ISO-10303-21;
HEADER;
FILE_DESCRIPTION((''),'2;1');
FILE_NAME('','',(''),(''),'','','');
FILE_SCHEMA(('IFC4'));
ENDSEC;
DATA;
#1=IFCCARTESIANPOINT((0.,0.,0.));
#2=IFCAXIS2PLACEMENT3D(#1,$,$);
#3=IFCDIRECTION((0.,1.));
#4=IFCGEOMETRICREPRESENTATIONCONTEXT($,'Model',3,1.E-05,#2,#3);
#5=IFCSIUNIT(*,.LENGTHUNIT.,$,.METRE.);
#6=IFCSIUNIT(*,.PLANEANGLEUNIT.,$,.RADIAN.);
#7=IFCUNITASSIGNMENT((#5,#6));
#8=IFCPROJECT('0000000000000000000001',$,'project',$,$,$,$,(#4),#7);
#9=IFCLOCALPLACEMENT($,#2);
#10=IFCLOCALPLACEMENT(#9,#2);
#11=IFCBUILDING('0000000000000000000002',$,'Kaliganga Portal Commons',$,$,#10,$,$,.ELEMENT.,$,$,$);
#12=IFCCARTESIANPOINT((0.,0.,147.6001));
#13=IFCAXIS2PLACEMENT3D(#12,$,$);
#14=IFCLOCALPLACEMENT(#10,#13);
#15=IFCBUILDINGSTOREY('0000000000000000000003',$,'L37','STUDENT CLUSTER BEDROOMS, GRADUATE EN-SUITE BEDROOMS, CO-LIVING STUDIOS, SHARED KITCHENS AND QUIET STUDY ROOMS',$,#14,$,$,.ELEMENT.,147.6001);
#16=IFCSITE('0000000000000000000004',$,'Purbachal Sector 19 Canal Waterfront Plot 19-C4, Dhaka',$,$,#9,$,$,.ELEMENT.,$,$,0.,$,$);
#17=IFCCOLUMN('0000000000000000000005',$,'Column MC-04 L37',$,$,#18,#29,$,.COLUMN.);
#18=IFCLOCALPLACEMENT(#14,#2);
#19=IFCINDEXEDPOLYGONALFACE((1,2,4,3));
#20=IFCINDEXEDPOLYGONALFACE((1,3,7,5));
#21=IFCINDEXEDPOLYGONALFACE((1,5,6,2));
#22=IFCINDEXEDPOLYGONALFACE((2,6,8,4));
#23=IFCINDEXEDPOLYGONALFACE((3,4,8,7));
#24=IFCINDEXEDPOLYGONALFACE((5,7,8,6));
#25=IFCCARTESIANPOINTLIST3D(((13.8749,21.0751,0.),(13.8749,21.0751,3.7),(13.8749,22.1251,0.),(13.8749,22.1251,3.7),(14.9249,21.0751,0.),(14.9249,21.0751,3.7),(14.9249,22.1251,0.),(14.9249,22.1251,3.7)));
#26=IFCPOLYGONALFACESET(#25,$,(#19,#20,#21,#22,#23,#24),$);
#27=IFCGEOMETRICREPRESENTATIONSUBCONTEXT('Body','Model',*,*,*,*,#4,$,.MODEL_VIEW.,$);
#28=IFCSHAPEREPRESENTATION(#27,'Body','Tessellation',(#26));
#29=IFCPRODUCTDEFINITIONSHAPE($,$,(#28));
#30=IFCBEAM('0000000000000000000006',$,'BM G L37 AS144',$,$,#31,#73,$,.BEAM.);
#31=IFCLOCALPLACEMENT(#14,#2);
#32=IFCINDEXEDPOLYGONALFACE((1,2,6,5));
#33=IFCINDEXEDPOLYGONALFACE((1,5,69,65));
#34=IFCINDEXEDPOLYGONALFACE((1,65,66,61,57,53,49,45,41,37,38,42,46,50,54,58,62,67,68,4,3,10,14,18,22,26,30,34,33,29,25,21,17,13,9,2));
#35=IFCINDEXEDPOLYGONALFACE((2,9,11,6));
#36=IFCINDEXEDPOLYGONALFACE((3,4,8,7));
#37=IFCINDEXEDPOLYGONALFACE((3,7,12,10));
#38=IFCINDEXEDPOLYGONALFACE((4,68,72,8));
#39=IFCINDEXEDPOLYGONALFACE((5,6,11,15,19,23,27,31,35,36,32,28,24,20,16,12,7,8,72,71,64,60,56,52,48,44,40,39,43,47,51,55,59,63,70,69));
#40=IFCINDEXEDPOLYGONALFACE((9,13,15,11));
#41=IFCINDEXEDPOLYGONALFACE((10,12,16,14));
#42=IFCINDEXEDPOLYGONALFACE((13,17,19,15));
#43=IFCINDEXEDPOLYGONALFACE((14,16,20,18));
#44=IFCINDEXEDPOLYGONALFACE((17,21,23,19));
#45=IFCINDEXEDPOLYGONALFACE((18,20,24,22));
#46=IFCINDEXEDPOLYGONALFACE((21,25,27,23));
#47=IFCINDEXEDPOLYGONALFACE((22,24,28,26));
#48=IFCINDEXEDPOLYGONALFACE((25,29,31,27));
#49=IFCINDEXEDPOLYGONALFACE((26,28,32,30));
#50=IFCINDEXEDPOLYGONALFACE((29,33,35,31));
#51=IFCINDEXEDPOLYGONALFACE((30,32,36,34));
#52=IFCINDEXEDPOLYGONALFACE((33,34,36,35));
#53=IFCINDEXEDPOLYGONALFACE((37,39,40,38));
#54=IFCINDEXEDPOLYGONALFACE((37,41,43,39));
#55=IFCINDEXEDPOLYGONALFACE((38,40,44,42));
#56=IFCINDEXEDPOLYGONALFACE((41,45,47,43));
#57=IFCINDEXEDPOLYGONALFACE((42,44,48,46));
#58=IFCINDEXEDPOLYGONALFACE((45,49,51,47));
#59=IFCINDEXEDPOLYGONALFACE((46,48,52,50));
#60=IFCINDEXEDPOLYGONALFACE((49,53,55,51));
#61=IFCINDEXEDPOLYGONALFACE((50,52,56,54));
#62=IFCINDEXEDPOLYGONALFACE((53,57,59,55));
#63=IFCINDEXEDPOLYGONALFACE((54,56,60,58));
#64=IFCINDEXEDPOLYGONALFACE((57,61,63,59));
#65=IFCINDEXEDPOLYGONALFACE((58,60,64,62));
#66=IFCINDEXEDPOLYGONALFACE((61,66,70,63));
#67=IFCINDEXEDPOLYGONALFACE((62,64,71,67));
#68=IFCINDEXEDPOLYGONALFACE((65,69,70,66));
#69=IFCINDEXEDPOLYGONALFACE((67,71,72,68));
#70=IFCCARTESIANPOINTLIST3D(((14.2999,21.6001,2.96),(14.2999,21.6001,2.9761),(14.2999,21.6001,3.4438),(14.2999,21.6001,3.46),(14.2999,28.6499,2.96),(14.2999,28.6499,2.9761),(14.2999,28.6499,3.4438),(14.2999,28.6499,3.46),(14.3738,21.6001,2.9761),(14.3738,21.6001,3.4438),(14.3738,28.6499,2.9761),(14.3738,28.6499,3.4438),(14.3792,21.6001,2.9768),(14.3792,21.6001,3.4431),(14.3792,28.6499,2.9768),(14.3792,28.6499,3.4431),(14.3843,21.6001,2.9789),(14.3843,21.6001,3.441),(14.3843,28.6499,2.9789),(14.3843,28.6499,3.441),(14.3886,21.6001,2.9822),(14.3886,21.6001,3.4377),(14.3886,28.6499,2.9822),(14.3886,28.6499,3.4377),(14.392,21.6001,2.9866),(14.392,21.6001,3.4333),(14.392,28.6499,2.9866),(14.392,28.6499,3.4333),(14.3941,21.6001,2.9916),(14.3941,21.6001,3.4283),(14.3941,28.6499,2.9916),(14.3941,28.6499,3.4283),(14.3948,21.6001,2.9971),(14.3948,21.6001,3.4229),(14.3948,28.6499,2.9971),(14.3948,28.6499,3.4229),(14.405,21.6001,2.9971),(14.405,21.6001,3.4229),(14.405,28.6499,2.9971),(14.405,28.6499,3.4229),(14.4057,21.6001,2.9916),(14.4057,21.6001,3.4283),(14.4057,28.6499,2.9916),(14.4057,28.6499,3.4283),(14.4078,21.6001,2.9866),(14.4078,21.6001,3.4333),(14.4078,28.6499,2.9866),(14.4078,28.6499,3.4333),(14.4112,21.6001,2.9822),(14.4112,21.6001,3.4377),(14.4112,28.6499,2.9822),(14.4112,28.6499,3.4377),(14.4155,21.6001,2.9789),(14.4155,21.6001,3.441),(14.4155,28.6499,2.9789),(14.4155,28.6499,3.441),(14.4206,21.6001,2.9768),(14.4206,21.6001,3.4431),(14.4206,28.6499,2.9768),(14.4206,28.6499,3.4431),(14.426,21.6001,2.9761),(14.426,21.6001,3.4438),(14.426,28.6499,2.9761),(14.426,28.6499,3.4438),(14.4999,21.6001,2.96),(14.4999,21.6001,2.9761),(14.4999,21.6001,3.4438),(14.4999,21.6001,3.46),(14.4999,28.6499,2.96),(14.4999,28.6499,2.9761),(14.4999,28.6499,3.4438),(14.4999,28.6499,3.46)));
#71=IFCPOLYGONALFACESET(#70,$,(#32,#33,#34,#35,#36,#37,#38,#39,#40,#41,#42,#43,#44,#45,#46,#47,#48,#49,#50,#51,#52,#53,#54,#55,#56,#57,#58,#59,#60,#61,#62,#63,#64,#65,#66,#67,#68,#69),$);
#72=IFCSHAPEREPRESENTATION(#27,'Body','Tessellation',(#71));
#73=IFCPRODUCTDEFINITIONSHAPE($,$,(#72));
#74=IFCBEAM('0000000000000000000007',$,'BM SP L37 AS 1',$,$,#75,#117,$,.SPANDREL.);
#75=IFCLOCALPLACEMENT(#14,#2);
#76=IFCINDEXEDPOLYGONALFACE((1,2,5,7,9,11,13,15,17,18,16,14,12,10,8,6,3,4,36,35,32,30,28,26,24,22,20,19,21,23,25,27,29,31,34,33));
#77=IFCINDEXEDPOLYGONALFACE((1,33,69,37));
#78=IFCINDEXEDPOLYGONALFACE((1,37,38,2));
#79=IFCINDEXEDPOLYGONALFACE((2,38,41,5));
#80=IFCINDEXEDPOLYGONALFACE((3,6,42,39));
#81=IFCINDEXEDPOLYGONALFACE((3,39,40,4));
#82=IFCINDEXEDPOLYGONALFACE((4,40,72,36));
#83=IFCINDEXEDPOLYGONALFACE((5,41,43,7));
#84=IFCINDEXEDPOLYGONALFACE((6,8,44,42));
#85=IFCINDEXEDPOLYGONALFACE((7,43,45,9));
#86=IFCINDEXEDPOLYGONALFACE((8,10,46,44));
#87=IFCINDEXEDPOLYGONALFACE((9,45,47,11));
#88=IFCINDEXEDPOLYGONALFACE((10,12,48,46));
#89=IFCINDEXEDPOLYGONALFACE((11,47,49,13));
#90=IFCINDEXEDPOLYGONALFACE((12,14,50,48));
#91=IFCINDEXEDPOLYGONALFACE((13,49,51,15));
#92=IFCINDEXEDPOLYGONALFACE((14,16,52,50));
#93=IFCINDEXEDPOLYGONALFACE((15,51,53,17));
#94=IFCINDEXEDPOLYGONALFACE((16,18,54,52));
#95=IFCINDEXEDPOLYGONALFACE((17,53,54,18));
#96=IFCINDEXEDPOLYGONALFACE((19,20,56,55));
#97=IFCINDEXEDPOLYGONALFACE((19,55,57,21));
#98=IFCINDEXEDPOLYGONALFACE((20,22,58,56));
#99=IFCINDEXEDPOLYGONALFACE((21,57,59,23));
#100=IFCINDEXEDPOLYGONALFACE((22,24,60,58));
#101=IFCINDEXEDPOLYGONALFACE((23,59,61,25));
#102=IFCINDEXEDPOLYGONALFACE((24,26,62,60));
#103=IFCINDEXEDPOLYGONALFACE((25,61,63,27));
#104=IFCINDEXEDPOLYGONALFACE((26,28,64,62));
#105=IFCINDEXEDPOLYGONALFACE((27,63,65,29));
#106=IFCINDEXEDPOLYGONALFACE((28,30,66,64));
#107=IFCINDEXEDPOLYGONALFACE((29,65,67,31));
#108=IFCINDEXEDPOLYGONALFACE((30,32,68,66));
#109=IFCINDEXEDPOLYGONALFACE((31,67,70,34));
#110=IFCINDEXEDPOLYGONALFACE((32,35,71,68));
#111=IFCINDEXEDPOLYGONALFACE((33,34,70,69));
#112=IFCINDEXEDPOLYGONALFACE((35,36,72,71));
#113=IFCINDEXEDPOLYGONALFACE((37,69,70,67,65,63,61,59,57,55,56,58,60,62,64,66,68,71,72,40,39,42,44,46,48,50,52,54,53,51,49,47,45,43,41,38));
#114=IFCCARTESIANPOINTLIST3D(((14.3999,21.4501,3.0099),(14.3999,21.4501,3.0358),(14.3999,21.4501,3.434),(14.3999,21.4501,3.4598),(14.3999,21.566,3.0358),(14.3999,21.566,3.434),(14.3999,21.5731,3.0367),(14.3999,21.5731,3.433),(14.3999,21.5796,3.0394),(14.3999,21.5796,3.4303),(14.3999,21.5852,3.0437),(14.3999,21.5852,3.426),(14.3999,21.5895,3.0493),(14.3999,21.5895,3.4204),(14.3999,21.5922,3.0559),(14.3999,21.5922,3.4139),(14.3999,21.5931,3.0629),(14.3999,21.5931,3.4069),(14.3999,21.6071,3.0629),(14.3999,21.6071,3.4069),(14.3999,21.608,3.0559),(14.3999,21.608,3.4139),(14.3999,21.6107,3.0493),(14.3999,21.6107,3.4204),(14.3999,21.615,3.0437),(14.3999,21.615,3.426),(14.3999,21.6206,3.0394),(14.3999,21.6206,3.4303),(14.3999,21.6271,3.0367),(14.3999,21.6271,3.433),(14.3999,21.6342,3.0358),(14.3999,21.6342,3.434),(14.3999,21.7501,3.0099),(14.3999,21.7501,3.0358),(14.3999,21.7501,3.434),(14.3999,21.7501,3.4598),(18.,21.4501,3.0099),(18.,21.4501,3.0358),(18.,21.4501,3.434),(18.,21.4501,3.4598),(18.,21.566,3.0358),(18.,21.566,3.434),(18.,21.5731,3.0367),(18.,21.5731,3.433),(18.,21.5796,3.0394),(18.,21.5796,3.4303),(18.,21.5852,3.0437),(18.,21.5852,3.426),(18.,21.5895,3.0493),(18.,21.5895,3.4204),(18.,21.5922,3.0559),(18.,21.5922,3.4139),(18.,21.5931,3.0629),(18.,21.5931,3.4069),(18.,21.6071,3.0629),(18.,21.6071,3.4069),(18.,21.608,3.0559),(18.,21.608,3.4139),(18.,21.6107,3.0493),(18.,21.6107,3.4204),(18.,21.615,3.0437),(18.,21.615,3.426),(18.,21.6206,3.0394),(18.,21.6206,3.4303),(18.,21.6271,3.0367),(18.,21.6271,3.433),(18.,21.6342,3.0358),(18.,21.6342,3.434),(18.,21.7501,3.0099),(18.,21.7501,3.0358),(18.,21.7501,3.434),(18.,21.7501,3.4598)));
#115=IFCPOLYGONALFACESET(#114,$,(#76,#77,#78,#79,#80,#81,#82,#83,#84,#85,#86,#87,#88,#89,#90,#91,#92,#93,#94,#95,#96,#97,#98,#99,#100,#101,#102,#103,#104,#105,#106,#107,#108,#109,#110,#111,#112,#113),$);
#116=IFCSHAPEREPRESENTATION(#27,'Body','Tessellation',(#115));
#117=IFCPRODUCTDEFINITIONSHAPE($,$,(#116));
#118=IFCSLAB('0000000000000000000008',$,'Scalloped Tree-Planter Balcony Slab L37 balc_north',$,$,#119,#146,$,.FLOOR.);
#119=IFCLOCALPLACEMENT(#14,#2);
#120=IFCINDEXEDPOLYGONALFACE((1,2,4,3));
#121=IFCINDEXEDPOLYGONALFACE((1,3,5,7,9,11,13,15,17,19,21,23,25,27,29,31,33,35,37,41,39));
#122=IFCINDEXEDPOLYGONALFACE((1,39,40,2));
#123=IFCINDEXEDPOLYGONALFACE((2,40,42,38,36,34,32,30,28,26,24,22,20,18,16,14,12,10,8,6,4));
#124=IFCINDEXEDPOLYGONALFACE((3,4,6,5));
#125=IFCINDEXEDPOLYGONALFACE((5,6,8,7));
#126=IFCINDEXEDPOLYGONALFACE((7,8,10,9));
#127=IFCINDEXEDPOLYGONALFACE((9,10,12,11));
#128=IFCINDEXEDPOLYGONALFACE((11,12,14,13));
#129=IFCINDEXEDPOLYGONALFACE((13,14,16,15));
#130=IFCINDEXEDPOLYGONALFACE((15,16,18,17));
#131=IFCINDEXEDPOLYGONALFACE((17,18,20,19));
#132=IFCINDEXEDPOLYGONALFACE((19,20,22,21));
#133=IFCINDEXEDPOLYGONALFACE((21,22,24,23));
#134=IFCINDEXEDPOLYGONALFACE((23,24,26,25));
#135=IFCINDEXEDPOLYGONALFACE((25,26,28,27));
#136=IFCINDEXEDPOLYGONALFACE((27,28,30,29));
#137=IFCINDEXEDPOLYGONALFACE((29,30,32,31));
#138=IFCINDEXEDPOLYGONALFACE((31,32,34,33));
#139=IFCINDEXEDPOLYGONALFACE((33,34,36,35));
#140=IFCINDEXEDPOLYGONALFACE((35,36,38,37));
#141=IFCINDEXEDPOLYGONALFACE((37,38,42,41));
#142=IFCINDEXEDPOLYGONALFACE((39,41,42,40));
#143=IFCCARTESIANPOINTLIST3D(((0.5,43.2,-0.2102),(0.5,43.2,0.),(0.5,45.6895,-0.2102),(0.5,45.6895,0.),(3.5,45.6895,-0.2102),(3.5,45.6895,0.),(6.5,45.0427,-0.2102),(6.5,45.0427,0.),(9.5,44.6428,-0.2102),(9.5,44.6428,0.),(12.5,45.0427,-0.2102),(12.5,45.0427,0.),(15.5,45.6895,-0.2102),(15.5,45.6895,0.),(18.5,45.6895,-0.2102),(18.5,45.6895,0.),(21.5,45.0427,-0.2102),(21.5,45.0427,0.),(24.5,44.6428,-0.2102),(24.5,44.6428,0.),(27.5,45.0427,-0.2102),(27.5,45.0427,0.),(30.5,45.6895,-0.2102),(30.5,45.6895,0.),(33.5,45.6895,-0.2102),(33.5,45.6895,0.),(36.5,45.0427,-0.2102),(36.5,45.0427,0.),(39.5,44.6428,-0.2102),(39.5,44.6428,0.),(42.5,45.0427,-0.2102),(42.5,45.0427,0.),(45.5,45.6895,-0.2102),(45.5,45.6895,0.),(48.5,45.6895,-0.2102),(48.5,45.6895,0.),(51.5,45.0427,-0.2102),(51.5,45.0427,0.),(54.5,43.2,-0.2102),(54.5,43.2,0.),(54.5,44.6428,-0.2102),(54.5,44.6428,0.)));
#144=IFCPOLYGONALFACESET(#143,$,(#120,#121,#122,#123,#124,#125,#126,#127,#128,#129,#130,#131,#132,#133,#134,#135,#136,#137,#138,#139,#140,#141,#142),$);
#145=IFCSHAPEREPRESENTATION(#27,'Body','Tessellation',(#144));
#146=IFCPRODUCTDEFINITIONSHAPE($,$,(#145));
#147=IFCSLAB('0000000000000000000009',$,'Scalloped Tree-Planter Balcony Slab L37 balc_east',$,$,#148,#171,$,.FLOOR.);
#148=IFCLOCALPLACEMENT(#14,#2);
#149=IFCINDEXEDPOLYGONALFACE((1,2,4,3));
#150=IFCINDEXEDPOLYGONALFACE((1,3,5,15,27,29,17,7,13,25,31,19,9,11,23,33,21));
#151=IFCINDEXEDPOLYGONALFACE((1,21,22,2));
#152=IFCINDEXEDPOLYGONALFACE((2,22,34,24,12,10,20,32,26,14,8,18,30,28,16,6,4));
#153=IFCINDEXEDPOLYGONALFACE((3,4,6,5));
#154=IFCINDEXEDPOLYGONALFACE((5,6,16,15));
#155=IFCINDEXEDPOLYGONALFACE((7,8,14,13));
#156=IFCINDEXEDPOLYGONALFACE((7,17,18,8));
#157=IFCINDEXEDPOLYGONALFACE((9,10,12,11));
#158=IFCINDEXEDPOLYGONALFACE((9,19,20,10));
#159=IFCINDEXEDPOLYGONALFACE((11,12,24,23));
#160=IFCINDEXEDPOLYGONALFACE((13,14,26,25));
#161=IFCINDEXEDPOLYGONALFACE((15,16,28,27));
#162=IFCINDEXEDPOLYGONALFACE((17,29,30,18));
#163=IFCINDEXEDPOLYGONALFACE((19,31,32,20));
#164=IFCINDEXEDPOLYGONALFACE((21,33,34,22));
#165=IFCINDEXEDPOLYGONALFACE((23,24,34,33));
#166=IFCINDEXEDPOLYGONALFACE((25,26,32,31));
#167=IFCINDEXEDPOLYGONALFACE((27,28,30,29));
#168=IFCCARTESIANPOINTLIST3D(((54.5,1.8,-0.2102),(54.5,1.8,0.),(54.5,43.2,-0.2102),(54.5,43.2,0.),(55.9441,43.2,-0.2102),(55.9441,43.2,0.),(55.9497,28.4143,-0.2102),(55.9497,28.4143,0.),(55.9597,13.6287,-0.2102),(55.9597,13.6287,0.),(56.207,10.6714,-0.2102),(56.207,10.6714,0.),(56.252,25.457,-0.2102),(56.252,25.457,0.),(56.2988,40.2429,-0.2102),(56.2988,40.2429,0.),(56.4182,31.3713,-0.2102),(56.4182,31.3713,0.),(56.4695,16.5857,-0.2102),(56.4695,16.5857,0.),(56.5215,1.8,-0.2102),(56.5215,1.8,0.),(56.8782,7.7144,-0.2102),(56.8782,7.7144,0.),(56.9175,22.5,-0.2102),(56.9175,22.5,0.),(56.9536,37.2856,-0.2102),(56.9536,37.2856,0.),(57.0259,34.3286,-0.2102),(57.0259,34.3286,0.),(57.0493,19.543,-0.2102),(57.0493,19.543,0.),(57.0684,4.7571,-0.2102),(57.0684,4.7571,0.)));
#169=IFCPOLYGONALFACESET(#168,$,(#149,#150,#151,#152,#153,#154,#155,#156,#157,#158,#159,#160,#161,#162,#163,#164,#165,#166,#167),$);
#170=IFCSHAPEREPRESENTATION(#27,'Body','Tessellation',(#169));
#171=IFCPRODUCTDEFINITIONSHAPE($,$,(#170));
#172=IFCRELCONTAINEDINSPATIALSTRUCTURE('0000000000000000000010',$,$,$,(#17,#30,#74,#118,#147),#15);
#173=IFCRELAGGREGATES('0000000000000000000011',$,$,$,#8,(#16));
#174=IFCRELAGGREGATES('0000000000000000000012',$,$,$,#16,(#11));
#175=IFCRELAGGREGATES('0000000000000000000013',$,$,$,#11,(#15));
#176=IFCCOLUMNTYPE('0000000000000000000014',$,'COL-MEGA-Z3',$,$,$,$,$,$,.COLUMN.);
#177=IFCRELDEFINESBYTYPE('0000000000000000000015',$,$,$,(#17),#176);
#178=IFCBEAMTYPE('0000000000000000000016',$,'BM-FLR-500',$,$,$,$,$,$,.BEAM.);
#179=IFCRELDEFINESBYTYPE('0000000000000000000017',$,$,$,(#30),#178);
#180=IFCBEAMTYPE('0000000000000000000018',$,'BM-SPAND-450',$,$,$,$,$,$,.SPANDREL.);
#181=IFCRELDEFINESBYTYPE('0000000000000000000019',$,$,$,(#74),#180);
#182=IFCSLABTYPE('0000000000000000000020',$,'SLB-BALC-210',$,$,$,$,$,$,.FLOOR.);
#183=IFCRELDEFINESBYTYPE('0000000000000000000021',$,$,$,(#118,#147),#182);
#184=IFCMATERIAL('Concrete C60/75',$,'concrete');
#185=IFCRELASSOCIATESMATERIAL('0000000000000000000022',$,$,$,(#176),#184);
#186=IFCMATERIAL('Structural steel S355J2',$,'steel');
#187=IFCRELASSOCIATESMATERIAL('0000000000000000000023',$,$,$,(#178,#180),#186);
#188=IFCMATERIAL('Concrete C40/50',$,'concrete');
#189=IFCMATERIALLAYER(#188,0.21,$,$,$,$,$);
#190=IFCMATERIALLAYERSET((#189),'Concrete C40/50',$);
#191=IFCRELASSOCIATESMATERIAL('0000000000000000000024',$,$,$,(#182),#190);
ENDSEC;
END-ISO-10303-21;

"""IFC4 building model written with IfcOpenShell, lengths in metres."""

from ifc_helpers import new_model, si_unit, direction, frame, origin, origin_2d, place, context, subcontext, project, spatial, polyline, rectangle, i_section, outline, extrude, source, transform, mapped, material, layer, layer_set, material_profile, profile_set, type_object, element, save


model = new_model("IFC4")

# Units and contexts
model_context = context("Model", 3, precision=1e-05, world=origin(), true_north=direction((0.0, 1.0)))
body_context = subcontext(model_context, "Body", "Model", "MODEL_VIEW")
ifc_project = project(units=[si_unit("LENGTHUNIT", "METRE"), si_unit("PLANEANGLEUNIT", "RADIAN")], contexts=[model_context])

# Site, building, storey
site_placement = place(None, origin())
site = spatial("IfcSite", under=ifc_project, at=site_placement, Name="Purbachal Sector 19 Canal Waterfront Plot 19-C4, Dhaka", CompositionType="ELEMENT", RefElevation=0.0)
building_placement = place(site_placement, origin())
building = spatial("IfcBuilding", under=site, at=building_placement, Name="Kaliganga Portal Commons", CompositionType="ELEMENT")
storey_placement = place(building_placement, frame((0.0, 0.0, 147.6001)))
storey = spatial("IfcBuildingStorey", under=building, at=storey_placement, Name="L37", Description="STUDENT CLUSTER BEDROOMS, GRADUATE EN-SUITE BEDROOMS, CO-LIVING STUDIOS, SHARED KITCHENS AND QUIET STUDY ROOMS", CompositionType="ELEMENT", Elevation=147.6001)

# Column
ifc_material_1 = material(Name="Concrete C60/75", Category="concrete")
ifc_material_profile_1 = material_profile(ifc_material_1, rectangle(XDim=1.05, YDim=1.05, at=origin_2d()), Name="RC 1050x1050")
ifc_profile_set_1 = profile_set([ifc_material_profile_1], Name="Concrete C60/75")
column_type = type_object("IfcColumnType", Name="COL-MEGA-Z3", PredefinedType="COLUMN", material=ifc_profile_set_1)
shared_shape_1 = source(origin(), body_context, "Body", "SweptSolid", [
    extrude(rectangle(XDim=1.05, YDim=1.05, at=origin_2d()), origin(), (0.0, 0.0, 1.0), 3.7),
])
column_placement = place(storey_placement, frame((14.3999, 21.6001, 0.0), z_axis=(0.0, 0.0, 1.0), x_axis=(1.0, 0.0, 0.0)))
element("IfcColumn", 1, at=column_placement, inside=storey, type_object=column_type, Name="Column MC-04 L37", PredefinedType="COLUMN", context=body_context, shape_type="MappedRepresentation", body=[
    mapped(shared_shape_1, transform((0.0, 0.0, 0.0), x_axis=(1.0, 0.0, 0.0), y_axis=(0.0, 1.0, 0.0), z_axis=(0.0, 0.0, 1.0), scale=1.0)),
])

# Beams
ifc_material_2 = material(Name="Structural steel S355J2", Category="steel")
ifc_material_profile_2 = material_profile(ifc_material_2, i_section(OverallWidth=0.2, OverallDepth=0.5, WebThickness=0.0103, FlangeThickness=0.0161, FilletRadius=0.021, at=origin_2d()), Name="IPE 500")
ifc_profile_set_2 = profile_set([ifc_material_profile_2], Name="Structural steel S355J2 wide-flange")
beam_type_1 = type_object("IfcBeamType", Name="BM-FLR-500", PredefinedType="BEAM", material=ifc_profile_set_2)
shared_shape_2 = source(origin(), body_context, "Body", "SweptSolid", [
    extrude(i_section(OverallWidth=0.2, OverallDepth=0.5, WebThickness=0.0103, FlangeThickness=0.0161, FilletRadius=0.021, at=origin_2d()), origin(), (0.0, 0.0, 1.0), 7.0498),
])
beam_1_placement = place(storey_placement, frame((14.3999, 21.6001, 3.21), z_axis=(0.0, 1.0, 0.0), x_axis=(-1.0, 0.0, 0.0)))
element("IfcBeam", 2, at=beam_1_placement, inside=storey, type_object=beam_type_1, Name="BM G L37 AS144", PredefinedType="BEAM", context=body_context, shape_type="MappedRepresentation", body=[
    mapped(shared_shape_2, transform((0.0, 0.0, 0.0), x_axis=(1.0, 0.0, 0.0), y_axis=(0.0, 1.0, 0.0), z_axis=(0.0, 0.0, 1.0), scale=1.0)),
])
ifc_material_profile_3 = material_profile(ifc_material_2, i_section(OverallWidth=0.3, OverallDepth=0.45, WebThickness=0.0139, FlangeThickness=0.0259, FilletRadius=0.0271, at=origin_2d()), Name="HE 450 B")
ifc_profile_set_3 = profile_set([ifc_material_profile_3], Name="Structural steel S355J2 wide-flange")
beam_type_2 = type_object("IfcBeamType", Name="BM-SPAND-450", PredefinedType="SPANDREL", material=ifc_profile_set_3)
shared_shape_3 = source(origin(), body_context, "Body", "SweptSolid", [
    extrude(i_section(OverallWidth=0.3, OverallDepth=0.45, WebThickness=0.0139, FlangeThickness=0.0259, FilletRadius=0.0271, at=origin_2d()), origin(), (0.0, 0.0, 1.0), 3.6001),
])
beam_2_placement = place(storey_placement, frame((14.3999, 21.6001, 3.2349), z_axis=(1.0, 0.0, 0.0), x_axis=(0.0, 1.0, 0.0)))
element("IfcBeam", 3, at=beam_2_placement, inside=storey, type_object=beam_type_2, Name="BM SP L37 AS 1", PredefinedType="SPANDREL", context=body_context, shape_type="MappedRepresentation", body=[
    mapped(shared_shape_3, transform((0.0, 0.0, 0.0), x_axis=(1.0, 0.0, 0.0), y_axis=(0.0, 1.0, 0.0), z_axis=(0.0, 0.0, 1.0), scale=1.0)),
])

# Slabs
ifc_material_3 = material(Name="Concrete C40/50", Category="concrete")
ifc_layer_1 = layer(ifc_material_3, 0.21)
ifc_layer_set_1 = layer_set([ifc_layer_1], Name="Concrete C40/50")
slab_type_1 = type_object("IfcSlabType", Name="SLB-BALC-210", PredefinedType="FLOOR", material=ifc_layer_set_1)
slab_1_placement = place(storey_placement, frame((0.0, 0.0, -0.2102)))
element("IfcSlab", 4, at=slab_1_placement, inside=storey, type_object=slab_type_1, Name="Scalloped Tree-Planter Balcony Slab L37 balc_north", PredefinedType="FLOOR", context=body_context, shape_type="SweptSolid", body=[
    extrude(outline(polyline([(54.5, 43.2), (54.5, 44.6428), (51.5, 45.0427), (48.5, 45.6895), (45.5, 45.6895), (42.5, 45.0427), (39.5, 44.6428), (36.5, 45.0427), (33.5, 45.6895), (30.5, 45.6895), (27.5, 45.0427), (24.5, 44.6428), (21.5, 45.0427), (18.5, 45.6895), (15.5, 45.6895), (12.5, 45.0427), (9.5, 44.6428), (6.5, 45.0427), (3.5, 45.6895), (0.5, 45.6895), (0.5, 43.2), (54.5, 43.2)])), origin(), (0.0, 0.0, 1.0), 0.2102),
])
slab_2_placement = place(storey_placement, frame((0.0, 0.0, -0.2102)))
element("IfcSlab", 5, at=slab_2_placement, inside=storey, type_object=slab_type_1, Name="Scalloped Tree-Planter Balcony Slab L37 balc_east", PredefinedType="FLOOR", context=body_context, shape_type="SweptSolid", body=[
    extrude(outline(polyline([(54.5, 1.8), (56.5215, 1.8), (57.0684, 4.7571), (56.8782, 7.7144), (56.207, 10.6714), (55.9597, 13.6287), (56.4695, 16.5857), (57.0493, 19.543), (56.9175, 22.5), (56.252, 25.457), (55.9497, 28.4143), (56.4182, 31.3713), (57.0259, 34.3286), (56.9536, 37.2856), (56.2988, 40.2429), (55.9441, 43.2), (54.5, 43.2), (54.5, 1.8)])), origin(), (0.0, 0.0, 1.0), 0.2102),
])

save(model, "model.ifc")
